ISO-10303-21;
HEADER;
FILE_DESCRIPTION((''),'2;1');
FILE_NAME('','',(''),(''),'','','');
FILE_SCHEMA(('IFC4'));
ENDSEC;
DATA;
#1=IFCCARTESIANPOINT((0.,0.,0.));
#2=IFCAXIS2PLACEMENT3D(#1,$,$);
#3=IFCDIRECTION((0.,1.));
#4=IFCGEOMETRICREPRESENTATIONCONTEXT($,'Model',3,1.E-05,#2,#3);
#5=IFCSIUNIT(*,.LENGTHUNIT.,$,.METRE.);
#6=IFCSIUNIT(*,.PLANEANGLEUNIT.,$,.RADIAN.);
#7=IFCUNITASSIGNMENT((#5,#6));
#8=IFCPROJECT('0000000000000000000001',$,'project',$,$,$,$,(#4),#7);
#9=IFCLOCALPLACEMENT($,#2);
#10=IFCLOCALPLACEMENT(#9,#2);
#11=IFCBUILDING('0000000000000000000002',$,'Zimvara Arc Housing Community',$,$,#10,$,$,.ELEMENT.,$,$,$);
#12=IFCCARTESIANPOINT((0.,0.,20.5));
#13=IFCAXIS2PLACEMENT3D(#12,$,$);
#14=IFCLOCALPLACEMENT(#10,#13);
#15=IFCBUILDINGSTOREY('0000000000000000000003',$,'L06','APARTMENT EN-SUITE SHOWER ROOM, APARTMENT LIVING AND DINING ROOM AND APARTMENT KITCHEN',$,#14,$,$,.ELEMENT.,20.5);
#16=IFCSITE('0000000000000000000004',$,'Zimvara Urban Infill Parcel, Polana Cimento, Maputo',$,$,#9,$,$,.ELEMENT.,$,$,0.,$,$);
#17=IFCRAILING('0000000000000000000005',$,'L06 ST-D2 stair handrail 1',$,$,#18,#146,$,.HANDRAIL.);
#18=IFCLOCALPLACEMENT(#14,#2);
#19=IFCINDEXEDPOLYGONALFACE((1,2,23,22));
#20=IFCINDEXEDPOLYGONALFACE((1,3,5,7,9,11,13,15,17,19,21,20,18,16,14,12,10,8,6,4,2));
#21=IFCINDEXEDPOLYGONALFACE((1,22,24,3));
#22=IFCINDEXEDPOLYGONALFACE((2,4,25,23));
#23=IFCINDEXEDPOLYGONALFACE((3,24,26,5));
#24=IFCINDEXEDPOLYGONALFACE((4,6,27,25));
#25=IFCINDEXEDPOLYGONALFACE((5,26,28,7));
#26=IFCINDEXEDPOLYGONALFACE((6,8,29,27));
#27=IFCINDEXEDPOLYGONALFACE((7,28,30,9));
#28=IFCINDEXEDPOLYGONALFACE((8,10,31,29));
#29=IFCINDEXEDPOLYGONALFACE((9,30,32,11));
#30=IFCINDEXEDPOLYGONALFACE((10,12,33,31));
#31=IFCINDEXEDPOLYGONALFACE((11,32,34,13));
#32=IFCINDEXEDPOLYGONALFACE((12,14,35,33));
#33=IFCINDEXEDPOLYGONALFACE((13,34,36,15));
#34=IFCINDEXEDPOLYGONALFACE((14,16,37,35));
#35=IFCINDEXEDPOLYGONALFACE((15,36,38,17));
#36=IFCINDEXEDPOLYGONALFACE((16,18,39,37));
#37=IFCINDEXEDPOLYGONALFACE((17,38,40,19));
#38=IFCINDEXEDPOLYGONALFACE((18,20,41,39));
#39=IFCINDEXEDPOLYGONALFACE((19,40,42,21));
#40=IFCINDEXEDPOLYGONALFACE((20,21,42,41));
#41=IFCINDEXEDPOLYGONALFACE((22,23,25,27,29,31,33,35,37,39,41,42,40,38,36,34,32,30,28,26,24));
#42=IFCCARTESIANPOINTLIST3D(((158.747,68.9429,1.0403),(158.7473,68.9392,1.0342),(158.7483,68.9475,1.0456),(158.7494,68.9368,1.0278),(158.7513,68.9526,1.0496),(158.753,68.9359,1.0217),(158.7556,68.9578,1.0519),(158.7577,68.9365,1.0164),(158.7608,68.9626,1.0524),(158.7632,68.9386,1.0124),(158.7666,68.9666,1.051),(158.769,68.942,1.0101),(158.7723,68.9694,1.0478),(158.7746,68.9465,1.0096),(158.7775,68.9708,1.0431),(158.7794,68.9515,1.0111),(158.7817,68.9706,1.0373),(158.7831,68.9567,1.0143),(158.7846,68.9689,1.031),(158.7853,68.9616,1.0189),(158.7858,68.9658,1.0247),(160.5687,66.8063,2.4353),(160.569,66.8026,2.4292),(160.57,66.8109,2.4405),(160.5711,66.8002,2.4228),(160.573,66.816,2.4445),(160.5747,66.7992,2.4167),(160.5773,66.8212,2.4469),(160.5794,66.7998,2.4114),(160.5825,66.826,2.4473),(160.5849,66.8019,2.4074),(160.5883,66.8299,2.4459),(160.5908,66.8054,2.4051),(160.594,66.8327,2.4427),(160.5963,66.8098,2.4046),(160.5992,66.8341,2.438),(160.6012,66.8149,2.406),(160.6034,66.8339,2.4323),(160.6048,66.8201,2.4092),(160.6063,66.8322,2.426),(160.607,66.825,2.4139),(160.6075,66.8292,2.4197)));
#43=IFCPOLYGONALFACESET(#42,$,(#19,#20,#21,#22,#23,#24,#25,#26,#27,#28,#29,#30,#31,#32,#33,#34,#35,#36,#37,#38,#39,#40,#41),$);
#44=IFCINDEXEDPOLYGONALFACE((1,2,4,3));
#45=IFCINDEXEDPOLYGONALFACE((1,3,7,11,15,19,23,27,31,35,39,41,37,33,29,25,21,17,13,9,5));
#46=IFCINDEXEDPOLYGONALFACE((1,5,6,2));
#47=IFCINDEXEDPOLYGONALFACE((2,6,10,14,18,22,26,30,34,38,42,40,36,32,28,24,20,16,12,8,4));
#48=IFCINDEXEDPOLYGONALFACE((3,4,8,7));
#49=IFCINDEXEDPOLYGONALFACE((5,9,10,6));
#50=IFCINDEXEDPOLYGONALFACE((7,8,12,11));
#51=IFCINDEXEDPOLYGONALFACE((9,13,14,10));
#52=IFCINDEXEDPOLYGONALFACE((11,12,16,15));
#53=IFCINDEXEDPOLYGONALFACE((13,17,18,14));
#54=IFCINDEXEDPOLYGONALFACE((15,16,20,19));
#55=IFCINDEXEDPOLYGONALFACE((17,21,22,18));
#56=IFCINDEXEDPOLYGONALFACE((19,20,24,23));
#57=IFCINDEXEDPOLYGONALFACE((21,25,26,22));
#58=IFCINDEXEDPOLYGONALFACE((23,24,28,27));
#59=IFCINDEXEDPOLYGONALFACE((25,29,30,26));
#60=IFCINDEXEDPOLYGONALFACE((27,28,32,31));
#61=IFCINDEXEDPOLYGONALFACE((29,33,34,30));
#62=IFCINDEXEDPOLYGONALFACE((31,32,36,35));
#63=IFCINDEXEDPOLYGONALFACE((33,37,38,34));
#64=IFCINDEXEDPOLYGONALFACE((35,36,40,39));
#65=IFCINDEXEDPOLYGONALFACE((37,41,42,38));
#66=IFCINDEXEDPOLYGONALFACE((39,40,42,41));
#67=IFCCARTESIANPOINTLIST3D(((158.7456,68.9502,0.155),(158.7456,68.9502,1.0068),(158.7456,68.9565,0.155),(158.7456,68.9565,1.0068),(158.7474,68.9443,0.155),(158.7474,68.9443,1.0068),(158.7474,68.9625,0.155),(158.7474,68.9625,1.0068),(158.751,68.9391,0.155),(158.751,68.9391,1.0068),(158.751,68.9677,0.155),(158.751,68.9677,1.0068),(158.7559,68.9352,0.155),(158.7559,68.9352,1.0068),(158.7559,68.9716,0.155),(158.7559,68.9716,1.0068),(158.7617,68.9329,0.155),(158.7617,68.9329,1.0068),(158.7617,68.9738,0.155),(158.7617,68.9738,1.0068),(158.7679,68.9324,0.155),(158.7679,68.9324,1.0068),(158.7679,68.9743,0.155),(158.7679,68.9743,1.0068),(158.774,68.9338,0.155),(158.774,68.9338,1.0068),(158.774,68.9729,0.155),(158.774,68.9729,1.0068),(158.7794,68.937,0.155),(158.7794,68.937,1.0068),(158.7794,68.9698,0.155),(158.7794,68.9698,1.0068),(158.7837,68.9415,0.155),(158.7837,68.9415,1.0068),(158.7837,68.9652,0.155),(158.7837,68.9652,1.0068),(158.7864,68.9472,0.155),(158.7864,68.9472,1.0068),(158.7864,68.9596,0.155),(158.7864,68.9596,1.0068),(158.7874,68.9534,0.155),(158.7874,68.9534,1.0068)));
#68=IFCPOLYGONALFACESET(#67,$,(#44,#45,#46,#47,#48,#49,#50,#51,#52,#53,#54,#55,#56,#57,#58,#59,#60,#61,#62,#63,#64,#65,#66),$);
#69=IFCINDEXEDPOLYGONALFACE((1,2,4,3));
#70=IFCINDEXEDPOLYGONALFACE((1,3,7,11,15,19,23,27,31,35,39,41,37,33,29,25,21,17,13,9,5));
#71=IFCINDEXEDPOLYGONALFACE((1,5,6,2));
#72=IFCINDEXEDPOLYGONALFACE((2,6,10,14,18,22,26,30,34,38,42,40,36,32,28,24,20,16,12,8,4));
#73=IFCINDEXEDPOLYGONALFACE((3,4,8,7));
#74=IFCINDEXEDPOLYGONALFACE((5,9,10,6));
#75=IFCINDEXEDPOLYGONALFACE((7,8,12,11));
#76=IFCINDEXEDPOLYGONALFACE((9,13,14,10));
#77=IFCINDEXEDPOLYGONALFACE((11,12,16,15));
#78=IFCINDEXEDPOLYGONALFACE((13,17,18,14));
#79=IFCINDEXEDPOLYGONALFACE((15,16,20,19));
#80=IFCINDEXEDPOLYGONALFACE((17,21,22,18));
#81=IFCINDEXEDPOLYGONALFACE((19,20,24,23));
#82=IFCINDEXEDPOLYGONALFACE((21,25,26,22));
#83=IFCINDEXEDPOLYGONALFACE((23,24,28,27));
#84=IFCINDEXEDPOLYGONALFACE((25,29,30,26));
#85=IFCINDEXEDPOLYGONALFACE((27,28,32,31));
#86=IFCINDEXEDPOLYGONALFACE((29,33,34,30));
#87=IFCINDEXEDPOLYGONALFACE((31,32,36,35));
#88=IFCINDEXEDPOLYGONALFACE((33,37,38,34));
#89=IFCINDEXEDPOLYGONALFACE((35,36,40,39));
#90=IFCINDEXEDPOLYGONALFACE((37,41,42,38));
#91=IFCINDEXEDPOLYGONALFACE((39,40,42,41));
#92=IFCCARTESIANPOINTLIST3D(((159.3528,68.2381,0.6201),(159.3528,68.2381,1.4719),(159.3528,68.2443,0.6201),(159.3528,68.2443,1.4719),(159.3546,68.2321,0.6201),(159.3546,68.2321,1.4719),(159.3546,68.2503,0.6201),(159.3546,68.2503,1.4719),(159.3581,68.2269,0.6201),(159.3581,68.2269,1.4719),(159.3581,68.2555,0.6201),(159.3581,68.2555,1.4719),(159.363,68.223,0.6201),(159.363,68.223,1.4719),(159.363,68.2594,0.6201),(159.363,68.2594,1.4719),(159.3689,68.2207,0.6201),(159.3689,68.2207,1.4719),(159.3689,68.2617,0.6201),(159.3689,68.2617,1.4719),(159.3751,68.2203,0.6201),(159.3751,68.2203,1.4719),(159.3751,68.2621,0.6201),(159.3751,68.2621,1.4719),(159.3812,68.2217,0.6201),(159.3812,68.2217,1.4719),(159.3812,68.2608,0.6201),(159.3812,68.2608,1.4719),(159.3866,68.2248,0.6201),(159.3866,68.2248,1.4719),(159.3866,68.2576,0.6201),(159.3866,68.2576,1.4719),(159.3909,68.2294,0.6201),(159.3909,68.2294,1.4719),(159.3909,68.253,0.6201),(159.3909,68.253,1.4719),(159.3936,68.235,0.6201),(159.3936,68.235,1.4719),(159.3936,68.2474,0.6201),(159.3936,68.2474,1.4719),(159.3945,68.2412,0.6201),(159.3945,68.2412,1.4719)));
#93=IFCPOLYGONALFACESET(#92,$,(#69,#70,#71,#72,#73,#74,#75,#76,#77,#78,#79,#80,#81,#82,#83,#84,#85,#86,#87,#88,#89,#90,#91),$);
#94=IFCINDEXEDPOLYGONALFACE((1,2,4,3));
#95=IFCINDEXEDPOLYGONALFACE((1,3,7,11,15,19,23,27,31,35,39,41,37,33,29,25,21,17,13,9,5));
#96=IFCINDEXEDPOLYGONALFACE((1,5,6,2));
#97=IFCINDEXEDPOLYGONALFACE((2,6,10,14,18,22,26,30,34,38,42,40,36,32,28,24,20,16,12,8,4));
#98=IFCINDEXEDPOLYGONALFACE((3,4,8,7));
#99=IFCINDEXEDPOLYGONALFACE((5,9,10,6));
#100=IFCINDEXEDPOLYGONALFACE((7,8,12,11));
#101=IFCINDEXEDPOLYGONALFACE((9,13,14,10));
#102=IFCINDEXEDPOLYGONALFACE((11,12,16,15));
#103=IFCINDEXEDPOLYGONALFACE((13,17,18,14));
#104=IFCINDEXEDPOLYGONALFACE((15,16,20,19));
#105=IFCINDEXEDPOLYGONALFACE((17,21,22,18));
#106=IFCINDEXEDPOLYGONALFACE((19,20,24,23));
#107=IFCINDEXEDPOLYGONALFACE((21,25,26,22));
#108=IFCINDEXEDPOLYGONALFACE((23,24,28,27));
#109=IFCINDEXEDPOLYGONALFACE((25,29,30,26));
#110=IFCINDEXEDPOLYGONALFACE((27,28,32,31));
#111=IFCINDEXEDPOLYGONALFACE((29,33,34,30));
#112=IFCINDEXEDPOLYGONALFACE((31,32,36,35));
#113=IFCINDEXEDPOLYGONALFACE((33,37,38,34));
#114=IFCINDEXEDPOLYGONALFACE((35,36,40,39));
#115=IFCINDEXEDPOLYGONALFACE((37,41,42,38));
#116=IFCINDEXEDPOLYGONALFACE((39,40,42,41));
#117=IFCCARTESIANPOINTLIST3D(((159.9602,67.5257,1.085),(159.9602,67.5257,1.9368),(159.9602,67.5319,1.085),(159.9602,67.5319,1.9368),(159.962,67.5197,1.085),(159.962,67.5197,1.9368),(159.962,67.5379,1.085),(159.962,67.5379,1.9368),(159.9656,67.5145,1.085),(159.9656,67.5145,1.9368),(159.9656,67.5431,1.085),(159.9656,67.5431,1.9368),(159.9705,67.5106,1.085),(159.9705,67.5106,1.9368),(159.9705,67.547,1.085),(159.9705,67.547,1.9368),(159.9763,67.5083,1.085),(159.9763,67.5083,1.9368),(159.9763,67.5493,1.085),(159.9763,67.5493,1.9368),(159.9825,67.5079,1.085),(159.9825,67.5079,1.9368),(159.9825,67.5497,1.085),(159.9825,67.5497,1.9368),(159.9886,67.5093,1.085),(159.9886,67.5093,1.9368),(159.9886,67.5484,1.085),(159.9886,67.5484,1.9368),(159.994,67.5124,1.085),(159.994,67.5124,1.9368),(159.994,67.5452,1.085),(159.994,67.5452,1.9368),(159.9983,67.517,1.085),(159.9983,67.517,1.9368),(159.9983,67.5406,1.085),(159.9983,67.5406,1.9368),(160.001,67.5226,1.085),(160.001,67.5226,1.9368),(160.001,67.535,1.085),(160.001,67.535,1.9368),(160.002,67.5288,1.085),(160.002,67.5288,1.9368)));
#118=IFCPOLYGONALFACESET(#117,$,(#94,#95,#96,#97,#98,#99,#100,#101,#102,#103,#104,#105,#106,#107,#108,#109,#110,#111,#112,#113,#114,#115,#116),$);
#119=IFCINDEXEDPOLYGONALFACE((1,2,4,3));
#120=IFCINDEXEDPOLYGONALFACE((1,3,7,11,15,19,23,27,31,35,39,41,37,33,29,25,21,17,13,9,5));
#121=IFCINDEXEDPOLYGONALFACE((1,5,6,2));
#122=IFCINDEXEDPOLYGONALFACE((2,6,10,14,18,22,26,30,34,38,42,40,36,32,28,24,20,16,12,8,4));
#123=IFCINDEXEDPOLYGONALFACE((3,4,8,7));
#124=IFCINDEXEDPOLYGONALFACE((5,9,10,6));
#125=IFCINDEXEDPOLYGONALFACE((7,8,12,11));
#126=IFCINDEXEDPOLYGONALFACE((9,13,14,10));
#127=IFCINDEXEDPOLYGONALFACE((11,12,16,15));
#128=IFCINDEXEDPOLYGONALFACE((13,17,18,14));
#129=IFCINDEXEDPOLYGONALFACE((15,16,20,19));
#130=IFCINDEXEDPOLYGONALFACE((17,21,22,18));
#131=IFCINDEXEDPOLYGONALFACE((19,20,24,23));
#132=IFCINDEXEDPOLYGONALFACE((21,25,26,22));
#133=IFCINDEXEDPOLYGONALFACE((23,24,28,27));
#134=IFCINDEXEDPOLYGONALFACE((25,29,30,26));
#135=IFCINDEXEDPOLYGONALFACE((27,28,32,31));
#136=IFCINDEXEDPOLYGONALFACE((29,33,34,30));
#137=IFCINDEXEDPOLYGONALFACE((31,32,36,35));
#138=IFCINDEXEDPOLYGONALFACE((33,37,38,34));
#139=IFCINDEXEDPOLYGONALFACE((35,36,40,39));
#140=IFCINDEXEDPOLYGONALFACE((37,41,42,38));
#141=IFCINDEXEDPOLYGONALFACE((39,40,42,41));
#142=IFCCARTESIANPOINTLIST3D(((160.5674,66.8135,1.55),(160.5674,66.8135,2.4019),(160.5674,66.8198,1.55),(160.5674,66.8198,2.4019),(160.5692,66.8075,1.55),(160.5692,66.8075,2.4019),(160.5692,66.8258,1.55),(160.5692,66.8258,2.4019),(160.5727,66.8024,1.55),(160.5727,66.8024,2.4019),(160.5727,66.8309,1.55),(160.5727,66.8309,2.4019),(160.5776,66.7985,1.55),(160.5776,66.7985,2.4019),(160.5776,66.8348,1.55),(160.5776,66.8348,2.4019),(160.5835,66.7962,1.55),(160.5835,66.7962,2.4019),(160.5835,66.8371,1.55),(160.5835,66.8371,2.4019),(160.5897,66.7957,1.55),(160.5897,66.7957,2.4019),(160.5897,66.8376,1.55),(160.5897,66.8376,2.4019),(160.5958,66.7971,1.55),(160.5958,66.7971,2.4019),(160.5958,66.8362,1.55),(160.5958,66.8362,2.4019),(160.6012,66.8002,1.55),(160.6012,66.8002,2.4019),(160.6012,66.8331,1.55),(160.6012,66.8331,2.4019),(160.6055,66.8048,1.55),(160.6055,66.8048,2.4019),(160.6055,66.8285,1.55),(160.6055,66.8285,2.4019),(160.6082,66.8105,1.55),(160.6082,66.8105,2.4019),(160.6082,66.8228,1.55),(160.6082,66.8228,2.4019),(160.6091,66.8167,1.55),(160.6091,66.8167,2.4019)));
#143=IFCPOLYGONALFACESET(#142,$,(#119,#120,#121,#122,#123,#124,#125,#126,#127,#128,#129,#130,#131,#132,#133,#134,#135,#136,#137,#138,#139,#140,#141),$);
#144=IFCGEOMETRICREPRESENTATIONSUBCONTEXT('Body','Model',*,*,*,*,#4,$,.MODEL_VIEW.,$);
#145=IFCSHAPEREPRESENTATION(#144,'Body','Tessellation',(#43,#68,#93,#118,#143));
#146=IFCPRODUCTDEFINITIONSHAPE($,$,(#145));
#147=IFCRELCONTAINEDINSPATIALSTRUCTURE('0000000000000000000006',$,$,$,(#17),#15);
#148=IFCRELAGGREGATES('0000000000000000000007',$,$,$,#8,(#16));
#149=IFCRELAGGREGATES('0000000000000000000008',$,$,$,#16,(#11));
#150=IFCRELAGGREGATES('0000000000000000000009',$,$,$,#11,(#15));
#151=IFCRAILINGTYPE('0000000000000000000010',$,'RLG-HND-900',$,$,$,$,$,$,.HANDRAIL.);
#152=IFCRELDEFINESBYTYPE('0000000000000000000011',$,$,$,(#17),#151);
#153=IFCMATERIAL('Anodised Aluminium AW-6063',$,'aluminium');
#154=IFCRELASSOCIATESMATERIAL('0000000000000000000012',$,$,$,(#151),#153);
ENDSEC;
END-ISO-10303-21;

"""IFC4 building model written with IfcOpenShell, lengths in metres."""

from ifc_helpers import new_model, si_unit, direction, frame, origin, origin_2d, place, context, subcontext, project, spatial, circle, extrude, material, type_object, element, save


model = new_model("IFC4")

# Units and contexts
model_context = context("Model", 3, precision=1e-05, world=origin(), true_north=direction((0.0, 1.0)))
body_context = subcontext(model_context, "Body", "Model", "MODEL_VIEW")
ifc_project = project(units=[si_unit("LENGTHUNIT", "METRE"), si_unit("PLANEANGLEUNIT", "RADIAN")], contexts=[model_context])

# Site, building, storey
site_placement = place(None, origin())
site = spatial("IfcSite", under=ifc_project, at=site_placement, Name="Zimvara Urban Infill Parcel, Polana Cimento, Maputo", CompositionType="ELEMENT", RefElevation=0.0)
building_placement = place(site_placement, origin())
building = spatial("IfcBuilding", under=site, at=building_placement, Name="Zimvara Arc Housing Community", CompositionType="ELEMENT")
storey_placement = place(building_placement, frame((0.0, 0.0, 20.5)))
storey = spatial("IfcBuildingStorey", under=building, at=storey_placement, Name="L06", Description="APARTMENT EN-SUITE SHOWER ROOM, APARTMENT LIVING AND DINING ROOM AND APARTMENT KITCHEN", CompositionType="ELEMENT", Elevation=20.5)

# Railing
ifc_material_1 = material(Name="Anodised Aluminium AW-6063", Category="aluminium")
railing_type_1 = type_object("IfcRailingType", Name="RLG-HND-900", PredefinedType="HANDRAIL", material=ifc_material_1)
railing_1_placement = place(storey_placement, frame((158.7664, 68.9534, 0.155)))
element("IfcRailing", 1, at=railing_1_placement, inside=storey, type_object=railing_type_1, Name="L06 ST-D2 stair handrail 1", PredefinedType="HANDRAIL", context=body_context, shape_type="SweptSolid", body=[
    extrude(circle(Radius=0.0239, at=origin_2d()), frame((0.0, 0.0, 0.876), z_axis=(0.581041, -0.681489, 0.44493), x_axis=(0.76096, 0.648799, 0.0)), (0.0, 0.0, 1.0), 3.1353),
    extrude(circle(Radius=0.021, at=origin_2d()), origin(), (0.0, 0.0, 1.0), 0.8518),
    extrude(circle(Radius=0.021, at=origin_2d()), frame((0.6072, -0.7122, 0.4651)), (0.0, 0.0, 1.0), 0.8518),
    extrude(circle(Radius=0.021, at=origin_2d()), frame((1.2146, -1.4246, 0.9299)), (0.0, 0.0, 1.0), 0.8518),
    extrude(circle(Radius=0.021, at=origin_2d()), frame((1.8218, -2.1367, 1.395)), (0.0, 0.0, 1.0), 0.8518),
])

save(model, "model.ifc")
